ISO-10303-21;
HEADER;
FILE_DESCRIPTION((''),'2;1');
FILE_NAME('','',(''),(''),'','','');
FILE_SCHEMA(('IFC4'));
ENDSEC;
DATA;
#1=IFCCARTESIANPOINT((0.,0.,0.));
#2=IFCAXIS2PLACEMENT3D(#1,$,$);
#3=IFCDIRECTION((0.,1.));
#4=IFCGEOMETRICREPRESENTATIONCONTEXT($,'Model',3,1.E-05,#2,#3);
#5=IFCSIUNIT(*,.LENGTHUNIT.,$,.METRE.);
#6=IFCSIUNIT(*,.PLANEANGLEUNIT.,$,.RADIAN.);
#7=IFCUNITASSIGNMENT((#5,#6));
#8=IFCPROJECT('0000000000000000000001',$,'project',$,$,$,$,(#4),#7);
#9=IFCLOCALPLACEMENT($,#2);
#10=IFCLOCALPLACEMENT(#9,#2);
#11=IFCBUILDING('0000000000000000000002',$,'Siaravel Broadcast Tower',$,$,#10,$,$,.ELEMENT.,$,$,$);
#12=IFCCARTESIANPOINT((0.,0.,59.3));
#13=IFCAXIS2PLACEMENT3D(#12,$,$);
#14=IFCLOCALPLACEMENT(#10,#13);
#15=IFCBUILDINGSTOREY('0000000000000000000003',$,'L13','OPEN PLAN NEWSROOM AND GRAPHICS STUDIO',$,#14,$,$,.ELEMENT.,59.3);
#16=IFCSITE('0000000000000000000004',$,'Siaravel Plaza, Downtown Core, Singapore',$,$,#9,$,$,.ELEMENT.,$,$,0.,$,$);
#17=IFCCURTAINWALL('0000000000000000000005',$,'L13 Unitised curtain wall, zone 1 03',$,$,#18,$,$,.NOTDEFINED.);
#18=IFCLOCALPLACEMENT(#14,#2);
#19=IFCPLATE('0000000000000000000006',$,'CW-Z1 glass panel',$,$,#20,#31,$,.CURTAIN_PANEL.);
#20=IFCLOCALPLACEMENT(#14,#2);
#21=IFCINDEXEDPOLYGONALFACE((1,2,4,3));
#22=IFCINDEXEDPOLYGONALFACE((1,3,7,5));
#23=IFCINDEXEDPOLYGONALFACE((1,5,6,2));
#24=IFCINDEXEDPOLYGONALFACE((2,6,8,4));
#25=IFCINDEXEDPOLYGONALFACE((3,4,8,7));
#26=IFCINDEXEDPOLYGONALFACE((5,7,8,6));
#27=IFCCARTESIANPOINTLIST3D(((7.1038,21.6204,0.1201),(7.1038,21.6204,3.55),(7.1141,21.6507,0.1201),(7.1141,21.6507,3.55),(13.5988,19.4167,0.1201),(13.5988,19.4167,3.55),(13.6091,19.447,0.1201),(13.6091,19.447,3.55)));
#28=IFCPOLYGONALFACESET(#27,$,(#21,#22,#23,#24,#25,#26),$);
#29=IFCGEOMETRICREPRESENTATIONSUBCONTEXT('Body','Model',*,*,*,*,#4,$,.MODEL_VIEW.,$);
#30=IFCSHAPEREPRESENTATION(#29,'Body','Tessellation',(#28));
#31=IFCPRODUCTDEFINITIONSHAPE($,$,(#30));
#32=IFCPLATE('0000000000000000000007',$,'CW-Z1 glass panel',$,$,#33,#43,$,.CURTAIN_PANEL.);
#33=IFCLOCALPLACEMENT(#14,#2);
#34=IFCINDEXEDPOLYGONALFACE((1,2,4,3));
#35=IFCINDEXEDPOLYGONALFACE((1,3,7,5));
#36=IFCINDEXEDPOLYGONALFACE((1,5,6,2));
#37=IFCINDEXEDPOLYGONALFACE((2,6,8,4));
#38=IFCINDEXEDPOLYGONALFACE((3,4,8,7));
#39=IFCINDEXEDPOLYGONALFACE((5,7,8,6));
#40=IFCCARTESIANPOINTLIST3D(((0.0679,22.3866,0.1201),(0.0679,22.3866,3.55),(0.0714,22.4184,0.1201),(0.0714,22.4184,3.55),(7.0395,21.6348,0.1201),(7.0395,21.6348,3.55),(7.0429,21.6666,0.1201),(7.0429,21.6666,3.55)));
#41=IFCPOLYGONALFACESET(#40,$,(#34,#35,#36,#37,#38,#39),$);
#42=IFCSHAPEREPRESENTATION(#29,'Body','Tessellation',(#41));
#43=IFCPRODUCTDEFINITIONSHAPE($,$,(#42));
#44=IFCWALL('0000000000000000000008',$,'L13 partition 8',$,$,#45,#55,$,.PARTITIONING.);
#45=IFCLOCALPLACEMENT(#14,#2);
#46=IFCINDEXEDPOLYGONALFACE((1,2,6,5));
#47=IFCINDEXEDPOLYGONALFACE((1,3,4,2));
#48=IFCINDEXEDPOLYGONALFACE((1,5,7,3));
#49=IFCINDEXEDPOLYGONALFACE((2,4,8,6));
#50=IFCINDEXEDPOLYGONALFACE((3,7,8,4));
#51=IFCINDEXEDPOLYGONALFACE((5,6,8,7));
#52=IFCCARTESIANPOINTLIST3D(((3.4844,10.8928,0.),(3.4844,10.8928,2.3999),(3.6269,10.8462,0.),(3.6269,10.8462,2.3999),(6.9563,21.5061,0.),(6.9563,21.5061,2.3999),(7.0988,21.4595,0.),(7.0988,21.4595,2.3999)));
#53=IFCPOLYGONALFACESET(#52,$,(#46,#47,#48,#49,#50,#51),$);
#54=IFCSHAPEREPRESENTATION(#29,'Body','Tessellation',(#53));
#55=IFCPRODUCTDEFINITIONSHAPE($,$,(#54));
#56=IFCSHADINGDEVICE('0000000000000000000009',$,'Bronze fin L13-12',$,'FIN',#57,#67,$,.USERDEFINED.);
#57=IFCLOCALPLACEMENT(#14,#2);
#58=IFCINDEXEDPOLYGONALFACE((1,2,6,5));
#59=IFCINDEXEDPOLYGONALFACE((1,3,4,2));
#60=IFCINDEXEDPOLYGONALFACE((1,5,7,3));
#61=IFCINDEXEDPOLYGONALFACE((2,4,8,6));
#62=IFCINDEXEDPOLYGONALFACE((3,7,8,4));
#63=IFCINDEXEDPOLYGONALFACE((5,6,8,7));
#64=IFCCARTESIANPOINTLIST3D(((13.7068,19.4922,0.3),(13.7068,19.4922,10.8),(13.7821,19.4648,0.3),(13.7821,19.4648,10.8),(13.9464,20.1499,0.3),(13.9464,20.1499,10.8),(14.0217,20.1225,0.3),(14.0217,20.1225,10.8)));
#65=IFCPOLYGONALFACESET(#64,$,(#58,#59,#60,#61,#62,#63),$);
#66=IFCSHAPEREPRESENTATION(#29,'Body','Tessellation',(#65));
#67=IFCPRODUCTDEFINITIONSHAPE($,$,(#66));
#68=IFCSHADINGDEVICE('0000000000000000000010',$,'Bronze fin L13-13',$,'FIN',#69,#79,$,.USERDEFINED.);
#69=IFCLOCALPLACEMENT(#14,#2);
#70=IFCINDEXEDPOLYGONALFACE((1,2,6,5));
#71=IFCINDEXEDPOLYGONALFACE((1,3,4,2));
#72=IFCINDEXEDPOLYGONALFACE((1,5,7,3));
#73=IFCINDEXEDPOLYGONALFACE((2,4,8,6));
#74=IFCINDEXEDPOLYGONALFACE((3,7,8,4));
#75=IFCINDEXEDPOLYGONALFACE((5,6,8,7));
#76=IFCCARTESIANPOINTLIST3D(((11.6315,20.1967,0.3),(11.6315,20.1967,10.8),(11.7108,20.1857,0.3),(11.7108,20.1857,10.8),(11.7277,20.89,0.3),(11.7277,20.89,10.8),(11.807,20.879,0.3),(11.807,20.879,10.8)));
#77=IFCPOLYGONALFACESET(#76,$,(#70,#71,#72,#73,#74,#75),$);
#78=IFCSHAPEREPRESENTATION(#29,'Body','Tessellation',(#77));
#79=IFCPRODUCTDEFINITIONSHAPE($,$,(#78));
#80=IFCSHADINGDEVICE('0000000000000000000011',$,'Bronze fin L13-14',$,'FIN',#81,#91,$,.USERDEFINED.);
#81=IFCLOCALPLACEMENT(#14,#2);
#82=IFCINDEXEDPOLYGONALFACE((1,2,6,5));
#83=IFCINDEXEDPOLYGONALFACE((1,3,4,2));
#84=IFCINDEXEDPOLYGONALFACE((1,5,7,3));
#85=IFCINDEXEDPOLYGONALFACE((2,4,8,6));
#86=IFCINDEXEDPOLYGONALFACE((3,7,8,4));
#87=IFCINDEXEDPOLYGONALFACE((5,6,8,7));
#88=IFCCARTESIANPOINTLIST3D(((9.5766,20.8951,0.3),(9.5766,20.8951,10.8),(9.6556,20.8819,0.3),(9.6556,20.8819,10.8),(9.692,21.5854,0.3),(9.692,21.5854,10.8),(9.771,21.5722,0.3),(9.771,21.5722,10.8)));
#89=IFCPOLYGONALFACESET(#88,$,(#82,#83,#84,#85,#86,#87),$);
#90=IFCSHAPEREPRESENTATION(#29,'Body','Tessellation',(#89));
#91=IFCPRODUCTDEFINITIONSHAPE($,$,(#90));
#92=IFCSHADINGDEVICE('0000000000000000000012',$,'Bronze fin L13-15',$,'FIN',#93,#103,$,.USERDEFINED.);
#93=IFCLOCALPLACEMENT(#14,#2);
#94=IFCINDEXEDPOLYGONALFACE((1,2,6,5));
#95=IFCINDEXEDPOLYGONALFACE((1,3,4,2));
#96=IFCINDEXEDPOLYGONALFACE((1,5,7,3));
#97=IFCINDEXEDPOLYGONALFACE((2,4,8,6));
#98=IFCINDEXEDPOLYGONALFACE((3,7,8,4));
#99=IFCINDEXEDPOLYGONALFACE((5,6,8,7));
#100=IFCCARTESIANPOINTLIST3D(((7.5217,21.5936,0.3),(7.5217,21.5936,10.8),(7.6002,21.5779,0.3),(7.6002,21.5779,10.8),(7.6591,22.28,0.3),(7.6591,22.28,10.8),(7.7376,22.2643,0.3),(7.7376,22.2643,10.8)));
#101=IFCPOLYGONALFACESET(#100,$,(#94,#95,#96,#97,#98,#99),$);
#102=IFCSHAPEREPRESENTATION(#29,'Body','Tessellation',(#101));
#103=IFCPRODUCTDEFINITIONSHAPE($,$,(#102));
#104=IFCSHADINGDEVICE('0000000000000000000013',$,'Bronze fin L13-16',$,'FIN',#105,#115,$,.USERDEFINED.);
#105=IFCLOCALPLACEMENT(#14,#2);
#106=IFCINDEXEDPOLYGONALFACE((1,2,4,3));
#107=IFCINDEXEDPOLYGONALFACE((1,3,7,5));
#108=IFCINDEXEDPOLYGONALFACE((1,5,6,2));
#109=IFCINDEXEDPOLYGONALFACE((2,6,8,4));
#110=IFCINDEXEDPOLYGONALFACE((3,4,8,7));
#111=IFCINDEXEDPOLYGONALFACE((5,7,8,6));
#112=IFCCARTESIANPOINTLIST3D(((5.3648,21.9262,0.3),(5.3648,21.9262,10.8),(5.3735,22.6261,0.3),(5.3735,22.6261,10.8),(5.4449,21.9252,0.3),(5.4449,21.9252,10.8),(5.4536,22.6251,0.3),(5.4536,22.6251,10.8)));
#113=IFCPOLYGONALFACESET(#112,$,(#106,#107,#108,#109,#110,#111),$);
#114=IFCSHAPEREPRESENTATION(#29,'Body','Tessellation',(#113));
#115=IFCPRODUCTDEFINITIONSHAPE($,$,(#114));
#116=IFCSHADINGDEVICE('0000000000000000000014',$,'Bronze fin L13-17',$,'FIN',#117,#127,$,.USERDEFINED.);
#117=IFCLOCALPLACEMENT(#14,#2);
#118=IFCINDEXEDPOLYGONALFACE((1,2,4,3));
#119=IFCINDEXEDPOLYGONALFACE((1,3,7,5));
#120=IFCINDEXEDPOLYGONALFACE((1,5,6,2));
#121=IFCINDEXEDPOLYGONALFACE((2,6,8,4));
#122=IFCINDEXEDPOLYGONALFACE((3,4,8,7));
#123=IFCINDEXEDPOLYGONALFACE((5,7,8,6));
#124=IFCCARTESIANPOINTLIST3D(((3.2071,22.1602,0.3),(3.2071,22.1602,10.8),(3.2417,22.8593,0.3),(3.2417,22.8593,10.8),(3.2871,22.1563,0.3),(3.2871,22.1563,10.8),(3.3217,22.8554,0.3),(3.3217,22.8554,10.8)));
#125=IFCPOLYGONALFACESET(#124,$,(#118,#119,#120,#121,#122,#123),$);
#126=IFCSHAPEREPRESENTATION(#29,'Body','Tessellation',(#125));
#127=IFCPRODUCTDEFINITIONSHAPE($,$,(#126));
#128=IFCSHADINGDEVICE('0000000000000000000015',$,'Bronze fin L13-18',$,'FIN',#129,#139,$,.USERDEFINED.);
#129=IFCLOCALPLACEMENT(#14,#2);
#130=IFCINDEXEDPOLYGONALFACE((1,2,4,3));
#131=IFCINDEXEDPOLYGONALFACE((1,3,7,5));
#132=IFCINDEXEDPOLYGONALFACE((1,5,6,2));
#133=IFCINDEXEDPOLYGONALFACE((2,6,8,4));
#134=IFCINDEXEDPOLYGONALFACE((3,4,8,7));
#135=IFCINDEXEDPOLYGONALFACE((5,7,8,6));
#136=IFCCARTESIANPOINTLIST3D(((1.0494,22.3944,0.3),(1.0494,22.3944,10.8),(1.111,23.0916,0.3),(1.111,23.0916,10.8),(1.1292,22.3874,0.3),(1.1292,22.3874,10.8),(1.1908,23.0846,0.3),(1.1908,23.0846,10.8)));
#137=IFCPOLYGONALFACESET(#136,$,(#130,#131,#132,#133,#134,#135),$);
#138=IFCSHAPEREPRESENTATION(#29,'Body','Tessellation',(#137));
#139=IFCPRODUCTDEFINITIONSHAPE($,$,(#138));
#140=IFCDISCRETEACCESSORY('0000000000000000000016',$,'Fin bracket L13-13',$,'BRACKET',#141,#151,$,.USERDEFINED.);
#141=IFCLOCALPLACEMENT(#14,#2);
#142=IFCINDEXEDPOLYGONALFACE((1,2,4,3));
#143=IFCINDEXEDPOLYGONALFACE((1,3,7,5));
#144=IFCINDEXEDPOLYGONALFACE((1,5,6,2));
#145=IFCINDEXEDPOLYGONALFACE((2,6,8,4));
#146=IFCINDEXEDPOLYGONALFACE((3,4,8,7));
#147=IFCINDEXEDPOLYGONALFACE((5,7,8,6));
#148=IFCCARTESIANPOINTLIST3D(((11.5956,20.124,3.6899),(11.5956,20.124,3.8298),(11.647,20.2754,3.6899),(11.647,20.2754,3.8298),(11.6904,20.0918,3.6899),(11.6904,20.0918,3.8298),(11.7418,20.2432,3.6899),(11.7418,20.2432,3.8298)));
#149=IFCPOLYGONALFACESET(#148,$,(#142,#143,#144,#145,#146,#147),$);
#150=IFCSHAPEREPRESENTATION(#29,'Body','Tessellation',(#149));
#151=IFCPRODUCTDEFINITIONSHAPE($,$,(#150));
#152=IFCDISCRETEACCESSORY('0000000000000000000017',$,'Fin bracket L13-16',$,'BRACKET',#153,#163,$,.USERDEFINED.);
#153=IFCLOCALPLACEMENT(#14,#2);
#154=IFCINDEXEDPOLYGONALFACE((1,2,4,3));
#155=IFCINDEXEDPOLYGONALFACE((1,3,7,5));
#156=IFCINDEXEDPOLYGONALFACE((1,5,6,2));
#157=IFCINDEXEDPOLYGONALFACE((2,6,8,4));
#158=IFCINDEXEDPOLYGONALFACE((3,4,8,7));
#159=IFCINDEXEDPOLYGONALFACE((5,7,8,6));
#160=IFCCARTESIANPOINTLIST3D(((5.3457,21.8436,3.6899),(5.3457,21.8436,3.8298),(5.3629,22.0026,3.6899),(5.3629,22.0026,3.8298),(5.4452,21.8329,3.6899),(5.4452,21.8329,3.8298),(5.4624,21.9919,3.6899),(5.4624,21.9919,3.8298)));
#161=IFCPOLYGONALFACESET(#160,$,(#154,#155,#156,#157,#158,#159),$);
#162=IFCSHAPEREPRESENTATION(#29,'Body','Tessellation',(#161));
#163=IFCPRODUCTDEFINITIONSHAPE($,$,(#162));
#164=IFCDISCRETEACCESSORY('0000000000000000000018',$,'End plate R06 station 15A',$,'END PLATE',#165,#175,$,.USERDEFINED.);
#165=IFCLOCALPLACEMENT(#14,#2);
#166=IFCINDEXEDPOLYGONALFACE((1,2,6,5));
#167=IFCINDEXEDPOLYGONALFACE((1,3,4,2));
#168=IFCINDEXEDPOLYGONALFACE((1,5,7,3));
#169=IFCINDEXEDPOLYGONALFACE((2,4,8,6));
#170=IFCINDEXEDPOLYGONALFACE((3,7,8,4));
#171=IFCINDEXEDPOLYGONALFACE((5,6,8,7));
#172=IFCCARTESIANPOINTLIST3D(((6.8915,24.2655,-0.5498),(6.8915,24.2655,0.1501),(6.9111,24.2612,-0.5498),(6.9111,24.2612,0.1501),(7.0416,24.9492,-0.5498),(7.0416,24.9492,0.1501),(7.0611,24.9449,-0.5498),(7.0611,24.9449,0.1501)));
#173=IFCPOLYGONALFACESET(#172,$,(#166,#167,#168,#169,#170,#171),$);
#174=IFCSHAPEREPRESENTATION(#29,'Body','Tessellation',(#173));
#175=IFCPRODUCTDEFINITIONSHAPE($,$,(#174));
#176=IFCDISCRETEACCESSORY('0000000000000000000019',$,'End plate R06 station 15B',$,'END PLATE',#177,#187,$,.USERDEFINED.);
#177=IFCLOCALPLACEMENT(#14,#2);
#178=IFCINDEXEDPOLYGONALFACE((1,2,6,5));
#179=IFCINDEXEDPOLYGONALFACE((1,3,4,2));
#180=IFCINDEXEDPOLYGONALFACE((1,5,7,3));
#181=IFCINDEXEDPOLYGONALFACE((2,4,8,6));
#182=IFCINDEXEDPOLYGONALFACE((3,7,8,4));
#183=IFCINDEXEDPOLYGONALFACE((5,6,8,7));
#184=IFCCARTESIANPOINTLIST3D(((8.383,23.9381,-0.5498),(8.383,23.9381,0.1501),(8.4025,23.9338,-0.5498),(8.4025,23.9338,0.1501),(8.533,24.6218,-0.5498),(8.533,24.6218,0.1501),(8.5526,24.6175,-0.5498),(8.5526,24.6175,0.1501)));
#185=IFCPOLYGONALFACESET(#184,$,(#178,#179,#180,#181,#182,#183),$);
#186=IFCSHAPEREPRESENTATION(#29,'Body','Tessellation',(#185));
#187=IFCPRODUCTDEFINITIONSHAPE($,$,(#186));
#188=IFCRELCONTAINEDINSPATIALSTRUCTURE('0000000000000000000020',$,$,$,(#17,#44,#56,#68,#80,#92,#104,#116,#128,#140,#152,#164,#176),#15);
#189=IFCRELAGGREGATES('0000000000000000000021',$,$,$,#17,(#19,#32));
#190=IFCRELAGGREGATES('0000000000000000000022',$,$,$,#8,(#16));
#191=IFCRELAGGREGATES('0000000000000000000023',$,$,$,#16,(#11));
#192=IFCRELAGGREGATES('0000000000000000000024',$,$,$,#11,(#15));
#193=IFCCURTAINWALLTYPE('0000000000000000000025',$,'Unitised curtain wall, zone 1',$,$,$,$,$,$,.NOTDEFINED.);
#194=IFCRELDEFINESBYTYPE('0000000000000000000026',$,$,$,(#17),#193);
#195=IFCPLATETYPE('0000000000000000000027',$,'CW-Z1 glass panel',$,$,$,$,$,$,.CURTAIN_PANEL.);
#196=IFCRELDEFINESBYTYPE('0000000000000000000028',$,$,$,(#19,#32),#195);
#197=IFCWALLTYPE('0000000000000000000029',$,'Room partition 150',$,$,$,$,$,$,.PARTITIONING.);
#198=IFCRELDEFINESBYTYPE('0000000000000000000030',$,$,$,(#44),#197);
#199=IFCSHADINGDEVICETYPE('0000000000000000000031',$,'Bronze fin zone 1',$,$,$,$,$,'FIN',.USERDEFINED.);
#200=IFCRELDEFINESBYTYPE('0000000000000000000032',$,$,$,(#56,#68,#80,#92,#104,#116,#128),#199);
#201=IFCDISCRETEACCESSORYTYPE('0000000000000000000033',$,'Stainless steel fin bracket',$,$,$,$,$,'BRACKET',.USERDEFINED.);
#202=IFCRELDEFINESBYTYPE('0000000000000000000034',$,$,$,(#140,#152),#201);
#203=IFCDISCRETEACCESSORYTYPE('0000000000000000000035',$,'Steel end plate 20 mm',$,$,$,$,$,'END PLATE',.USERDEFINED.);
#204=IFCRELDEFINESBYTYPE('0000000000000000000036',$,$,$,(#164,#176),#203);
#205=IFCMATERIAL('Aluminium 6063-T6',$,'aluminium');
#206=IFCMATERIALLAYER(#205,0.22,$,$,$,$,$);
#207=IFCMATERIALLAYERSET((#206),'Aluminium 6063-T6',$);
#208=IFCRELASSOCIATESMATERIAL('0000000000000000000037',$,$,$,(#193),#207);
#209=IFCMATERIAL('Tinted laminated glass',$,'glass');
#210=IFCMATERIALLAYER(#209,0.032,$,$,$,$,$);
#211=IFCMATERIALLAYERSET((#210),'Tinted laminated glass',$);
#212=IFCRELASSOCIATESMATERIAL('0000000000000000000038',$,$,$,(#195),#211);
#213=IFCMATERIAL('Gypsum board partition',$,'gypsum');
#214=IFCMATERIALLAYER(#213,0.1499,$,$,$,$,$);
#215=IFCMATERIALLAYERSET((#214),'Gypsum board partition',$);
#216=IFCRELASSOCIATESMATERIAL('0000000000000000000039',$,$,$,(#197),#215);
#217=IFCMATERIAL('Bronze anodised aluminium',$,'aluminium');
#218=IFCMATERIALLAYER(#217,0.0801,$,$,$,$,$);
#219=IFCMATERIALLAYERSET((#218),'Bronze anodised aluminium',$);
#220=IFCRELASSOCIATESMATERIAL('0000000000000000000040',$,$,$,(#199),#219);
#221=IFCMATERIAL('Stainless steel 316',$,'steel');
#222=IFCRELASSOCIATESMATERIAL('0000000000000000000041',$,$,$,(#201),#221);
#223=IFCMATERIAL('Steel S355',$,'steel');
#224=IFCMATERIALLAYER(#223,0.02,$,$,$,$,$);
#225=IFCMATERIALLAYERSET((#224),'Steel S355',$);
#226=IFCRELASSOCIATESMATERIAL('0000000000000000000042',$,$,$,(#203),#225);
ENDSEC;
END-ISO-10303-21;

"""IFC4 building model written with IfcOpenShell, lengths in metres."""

from ifc_helpers import new_model, si_unit, direction, frame, frame_2d, origin, origin_2d, place, context, subcontext, project, spatial, rectangle, extrude, material, layer, layer_set, type_object, element, aggregate, save


model = new_model("IFC4")

# Units and contexts
model_context = context("Model", 3, precision=1e-05, world=origin(), true_north=direction((0.0, 1.0)))
body_context = subcontext(model_context, "Body", "Model", "MODEL_VIEW")
ifc_project = project(units=[si_unit("LENGTHUNIT", "METRE"), si_unit("PLANEANGLEUNIT", "RADIAN")], contexts=[model_context])

# Site, building, storey
site_placement = place(None, origin())
site = spatial("IfcSite", under=ifc_project, at=site_placement, Name="Siaravel Plaza, Downtown Core, Singapore", CompositionType="ELEMENT", RefElevation=0.0)
building_placement = place(site_placement, origin())
building = spatial("IfcBuilding", under=site, at=building_placement, Name="Siaravel Broadcast Tower", CompositionType="ELEMENT")
storey_placement = place(building_placement, frame((0.0, 0.0, 59.3)))
storey = spatial("IfcBuildingStorey", under=building, at=storey_placement, Name="L13", Description="OPEN PLAN NEWSROOM AND GRAPHICS STUDIO", CompositionType="ELEMENT", Elevation=59.3)

# Shared definitions
ifc_material_1 = material(Name="Steel S355", Category="steel")

# Curtain wall
ifc_material_2 = material(Name="Aluminium 6063-T6", Category="aluminium")
ifc_layer_1 = layer(ifc_material_2, 0.22)
ifc_layer_set_1 = layer_set([ifc_layer_1], Name="Aluminium 6063-T6")
curtain_wall_type = type_object("IfcCurtainWallType", Name="Unitised curtain wall, zone 1", PredefinedType="NOTDEFINED", material=ifc_layer_set_1)
curtain_wall_placement = place(storey_placement, origin())
curtain_wall = element("IfcCurtainWall", 1, at=curtain_wall_placement, inside=storey, type_object=curtain_wall_type, Name="L13 Unitised curtain wall, zone 1 03", PredefinedType="NOTDEFINED")

# Plates
ifc_material_3 = material(Name="Tinted laminated glass", Category="glass")
ifc_layer_2 = layer(ifc_material_3, 0.032)
ifc_layer_set_2 = layer_set([ifc_layer_2], Name="Tinted laminated glass")
plate_type = type_object("IfcPlateType", Name="CW-Z1 glass panel", PredefinedType="CURTAIN_PANEL", material=ifc_layer_set_2)
plate_1_placement = place(storey_placement, frame((10.3564, 20.5337, 0.1201), z_axis=(0.0, 0.0, 1.0), x_axis=(-0.946978, 0.3213, 0.0)))
plate_1 = element("IfcPlate", 2, at=plate_1_placement, type_object=plate_type, Name="CW-Z1 glass panel", PredefinedType="CURTAIN_PANEL", context=body_context, shape_type="SweptSolid", body=[
    extrude(rectangle(XDim=6.8586, YDim=0.032, at=origin_2d()), origin(), (0.0, 0.0, 1.0), 3.4299),
])
plate_2_placement = place(storey_placement, frame((3.5554, 22.0266, 0.1201), z_axis=(0.0, 0.0, 1.0), x_axis=(-0.994236, 0.107217, 0.0)))
plate_2 = element("IfcPlate", 3, at=plate_2_placement, type_object=plate_type, Name="CW-Z1 glass panel", PredefinedType="CURTAIN_PANEL", context=body_context, shape_type="SweptSolid", body=[
    extrude(rectangle(XDim=7.012, YDim=0.032, at=origin_2d()), origin(), (0.0, 0.0, 1.0), 3.4299),
])
aggregate(curtain_wall, [plate_1, plate_2])

# Wall
ifc_material_4 = material(Name="Gypsum board partition", Category="gypsum")
ifc_layer_3 = layer(ifc_material_4, 0.1499)
ifc_layer_set_3 = layer_set([ifc_layer_3], Name="Gypsum board partition")
wall_type = type_object("IfcWallType", Name="Room partition 150", PredefinedType="PARTITIONING", material=ifc_layer_set_3)
wall_placement = place(storey_placement, frame((7.0276, 21.4829, 0.0), z_axis=(0.0, 0.0, 1.0), x_axis=(-0.310917, -0.950437, 0.0)))
element("IfcWall", 4, at=wall_placement, inside=storey, type_object=wall_type, Name="L13 partition 8", PredefinedType="PARTITIONING", context=body_context, shape_type="SweptSolid", body=[
    extrude(rectangle(XDim=11.1667, YDim=0.1499, at=frame_2d((5.5835, 0.0))), origin(), (0.0, 0.0, 1.0), 2.3999),
])

# Shading devices
ifc_material_5 = material(Name="Bronze anodised aluminium", Category="aluminium")
ifc_layer_4 = layer(ifc_material_5, 0.0801)
ifc_layer_set_4 = layer_set([ifc_layer_4], Name="Bronze anodised aluminium")
shading_device_type = type_object("IfcShadingDeviceType", Name="Bronze fin zone 1", ElementType="FIN", PredefinedType="USERDEFINED", material=ifc_layer_set_4)
for number, where, z_axis, x_axis, name in (
    (5, (13.8643, 19.8074, 0.3), (0.0, 0.0, 1.0), (0.342297, 0.939592, 0.0), "Bronze fin L13-12"),
    (6, (11.7192, 20.5378, 0.3), (0.0, 0.0, 1.0), (0.137426, 0.990512, 0.0), "Bronze fin L13-13"),
    (7, (9.6738, 21.2336, 0.3), (0.0, 0.0, 1.0), (0.164867, 0.986316, 0.0), "Bronze fin L13-14"),
    (8, (7.6296, 21.929, 0.3), (0.0, 0.0, 1.0), (0.196258, 0.980552, 0.0), "Bronze fin L13-15"),
    (9, (5.4092, 22.2756, 0.3), (0.0, 0.0, 1.0), (0.012395, 0.999923, 0.0), "Bronze fin L13-16"),
    (10, (3.2644, 22.5078, 0.3), (0.0, 0.0, 1.0), (0.049512, 0.998774, 0.0), "Bronze fin L13-17"),
    (11, (1.1201, 22.7395, 0.3), (0.0, 0.0, 1.0), (0.087969, 0.996123, 0.0), "Bronze fin L13-18"),
):
    element("IfcShadingDevice", number, at=place(storey_placement, frame(where, z_axis=z_axis, x_axis=x_axis)), inside=storey, type_object=shading_device_type, Name=name, ObjectType="FIN", PredefinedType="USERDEFINED", context=body_context, shape_type="SweptSolid", body=[
        extrude(rectangle(XDim=0.7, YDim=0.0801, at=origin_2d()), origin(), (0.0, 0.0, 1.0), 10.5),
    ])

# Discrete accessories
ifc_material_6 = material(Name="Stainless steel 316", Category="steel")
discrete_accessory_type_1 = type_object("IfcDiscreteAccessoryType", Name="Stainless steel fin bracket", ElementType="BRACKET", PredefinedType="USERDEFINED", material=ifc_material_6)
for number, where, z_axis, x_axis, name in (
    (12, (11.6687, 20.1836, 3.6899), (0.0, 0.0, 1.0), (0.321299, 0.946978, 0.0), "Fin bracket L13-13"),
    (13, (5.4041, 21.9177, 3.6899), (0.0, 0.0, 1.0), (0.107217, 0.994236, 0.0), "Fin bracket L13-16"),
):
    element("IfcDiscreteAccessory", number, at=place(storey_placement, frame(where, z_axis=z_axis, x_axis=x_axis)), inside=storey, type_object=discrete_accessory_type_1, Name=name, ObjectType="BRACKET", PredefinedType="USERDEFINED", context=body_context, shape_type="SweptSolid", body=[
        extrude(rectangle(XDim=0.1599, YDim=0.1001, at=origin_2d()), origin(), (0.0, 0.0, 1.0), 0.1399),
    ])
ifc_layer_5 = layer(ifc_material_1, 0.02)
ifc_layer_set_5 = layer_set([ifc_layer_5], Name="Steel S355")
discrete_accessory_type_2 = type_object("IfcDiscreteAccessoryType", Name="Steel end plate 20 mm", ElementType="END PLATE", PredefinedType="USERDEFINED", material=ifc_layer_set_5)
for number, where, z_axis, x_axis, name in (
    (14, (6.9763, 24.6052, -0.5498), (0.0, 0.0, 1.0), (-0.976751, 0.214377, 0.0), "End plate R06 station 15A"),
    (15, (8.4678, 24.2778, -0.5498), (0.0, 0.0, 1.0), (-0.976751, 0.214377, 0.0), "End plate R06 station 15B"),
):
    element("IfcDiscreteAccessory", number, at=place(storey_placement, frame(where, z_axis=z_axis, x_axis=x_axis)), inside=storey, type_object=discrete_accessory_type_2, Name=name, ObjectType="END PLATE", PredefinedType="USERDEFINED", context=body_context, shape_type="SweptSolid", body=[
        extrude(rectangle(XDim=0.02, YDim=0.7, at=origin_2d()), origin(), (0.0, 0.0, 1.0), 0.7),
    ])

save(model, "model.ifc")
